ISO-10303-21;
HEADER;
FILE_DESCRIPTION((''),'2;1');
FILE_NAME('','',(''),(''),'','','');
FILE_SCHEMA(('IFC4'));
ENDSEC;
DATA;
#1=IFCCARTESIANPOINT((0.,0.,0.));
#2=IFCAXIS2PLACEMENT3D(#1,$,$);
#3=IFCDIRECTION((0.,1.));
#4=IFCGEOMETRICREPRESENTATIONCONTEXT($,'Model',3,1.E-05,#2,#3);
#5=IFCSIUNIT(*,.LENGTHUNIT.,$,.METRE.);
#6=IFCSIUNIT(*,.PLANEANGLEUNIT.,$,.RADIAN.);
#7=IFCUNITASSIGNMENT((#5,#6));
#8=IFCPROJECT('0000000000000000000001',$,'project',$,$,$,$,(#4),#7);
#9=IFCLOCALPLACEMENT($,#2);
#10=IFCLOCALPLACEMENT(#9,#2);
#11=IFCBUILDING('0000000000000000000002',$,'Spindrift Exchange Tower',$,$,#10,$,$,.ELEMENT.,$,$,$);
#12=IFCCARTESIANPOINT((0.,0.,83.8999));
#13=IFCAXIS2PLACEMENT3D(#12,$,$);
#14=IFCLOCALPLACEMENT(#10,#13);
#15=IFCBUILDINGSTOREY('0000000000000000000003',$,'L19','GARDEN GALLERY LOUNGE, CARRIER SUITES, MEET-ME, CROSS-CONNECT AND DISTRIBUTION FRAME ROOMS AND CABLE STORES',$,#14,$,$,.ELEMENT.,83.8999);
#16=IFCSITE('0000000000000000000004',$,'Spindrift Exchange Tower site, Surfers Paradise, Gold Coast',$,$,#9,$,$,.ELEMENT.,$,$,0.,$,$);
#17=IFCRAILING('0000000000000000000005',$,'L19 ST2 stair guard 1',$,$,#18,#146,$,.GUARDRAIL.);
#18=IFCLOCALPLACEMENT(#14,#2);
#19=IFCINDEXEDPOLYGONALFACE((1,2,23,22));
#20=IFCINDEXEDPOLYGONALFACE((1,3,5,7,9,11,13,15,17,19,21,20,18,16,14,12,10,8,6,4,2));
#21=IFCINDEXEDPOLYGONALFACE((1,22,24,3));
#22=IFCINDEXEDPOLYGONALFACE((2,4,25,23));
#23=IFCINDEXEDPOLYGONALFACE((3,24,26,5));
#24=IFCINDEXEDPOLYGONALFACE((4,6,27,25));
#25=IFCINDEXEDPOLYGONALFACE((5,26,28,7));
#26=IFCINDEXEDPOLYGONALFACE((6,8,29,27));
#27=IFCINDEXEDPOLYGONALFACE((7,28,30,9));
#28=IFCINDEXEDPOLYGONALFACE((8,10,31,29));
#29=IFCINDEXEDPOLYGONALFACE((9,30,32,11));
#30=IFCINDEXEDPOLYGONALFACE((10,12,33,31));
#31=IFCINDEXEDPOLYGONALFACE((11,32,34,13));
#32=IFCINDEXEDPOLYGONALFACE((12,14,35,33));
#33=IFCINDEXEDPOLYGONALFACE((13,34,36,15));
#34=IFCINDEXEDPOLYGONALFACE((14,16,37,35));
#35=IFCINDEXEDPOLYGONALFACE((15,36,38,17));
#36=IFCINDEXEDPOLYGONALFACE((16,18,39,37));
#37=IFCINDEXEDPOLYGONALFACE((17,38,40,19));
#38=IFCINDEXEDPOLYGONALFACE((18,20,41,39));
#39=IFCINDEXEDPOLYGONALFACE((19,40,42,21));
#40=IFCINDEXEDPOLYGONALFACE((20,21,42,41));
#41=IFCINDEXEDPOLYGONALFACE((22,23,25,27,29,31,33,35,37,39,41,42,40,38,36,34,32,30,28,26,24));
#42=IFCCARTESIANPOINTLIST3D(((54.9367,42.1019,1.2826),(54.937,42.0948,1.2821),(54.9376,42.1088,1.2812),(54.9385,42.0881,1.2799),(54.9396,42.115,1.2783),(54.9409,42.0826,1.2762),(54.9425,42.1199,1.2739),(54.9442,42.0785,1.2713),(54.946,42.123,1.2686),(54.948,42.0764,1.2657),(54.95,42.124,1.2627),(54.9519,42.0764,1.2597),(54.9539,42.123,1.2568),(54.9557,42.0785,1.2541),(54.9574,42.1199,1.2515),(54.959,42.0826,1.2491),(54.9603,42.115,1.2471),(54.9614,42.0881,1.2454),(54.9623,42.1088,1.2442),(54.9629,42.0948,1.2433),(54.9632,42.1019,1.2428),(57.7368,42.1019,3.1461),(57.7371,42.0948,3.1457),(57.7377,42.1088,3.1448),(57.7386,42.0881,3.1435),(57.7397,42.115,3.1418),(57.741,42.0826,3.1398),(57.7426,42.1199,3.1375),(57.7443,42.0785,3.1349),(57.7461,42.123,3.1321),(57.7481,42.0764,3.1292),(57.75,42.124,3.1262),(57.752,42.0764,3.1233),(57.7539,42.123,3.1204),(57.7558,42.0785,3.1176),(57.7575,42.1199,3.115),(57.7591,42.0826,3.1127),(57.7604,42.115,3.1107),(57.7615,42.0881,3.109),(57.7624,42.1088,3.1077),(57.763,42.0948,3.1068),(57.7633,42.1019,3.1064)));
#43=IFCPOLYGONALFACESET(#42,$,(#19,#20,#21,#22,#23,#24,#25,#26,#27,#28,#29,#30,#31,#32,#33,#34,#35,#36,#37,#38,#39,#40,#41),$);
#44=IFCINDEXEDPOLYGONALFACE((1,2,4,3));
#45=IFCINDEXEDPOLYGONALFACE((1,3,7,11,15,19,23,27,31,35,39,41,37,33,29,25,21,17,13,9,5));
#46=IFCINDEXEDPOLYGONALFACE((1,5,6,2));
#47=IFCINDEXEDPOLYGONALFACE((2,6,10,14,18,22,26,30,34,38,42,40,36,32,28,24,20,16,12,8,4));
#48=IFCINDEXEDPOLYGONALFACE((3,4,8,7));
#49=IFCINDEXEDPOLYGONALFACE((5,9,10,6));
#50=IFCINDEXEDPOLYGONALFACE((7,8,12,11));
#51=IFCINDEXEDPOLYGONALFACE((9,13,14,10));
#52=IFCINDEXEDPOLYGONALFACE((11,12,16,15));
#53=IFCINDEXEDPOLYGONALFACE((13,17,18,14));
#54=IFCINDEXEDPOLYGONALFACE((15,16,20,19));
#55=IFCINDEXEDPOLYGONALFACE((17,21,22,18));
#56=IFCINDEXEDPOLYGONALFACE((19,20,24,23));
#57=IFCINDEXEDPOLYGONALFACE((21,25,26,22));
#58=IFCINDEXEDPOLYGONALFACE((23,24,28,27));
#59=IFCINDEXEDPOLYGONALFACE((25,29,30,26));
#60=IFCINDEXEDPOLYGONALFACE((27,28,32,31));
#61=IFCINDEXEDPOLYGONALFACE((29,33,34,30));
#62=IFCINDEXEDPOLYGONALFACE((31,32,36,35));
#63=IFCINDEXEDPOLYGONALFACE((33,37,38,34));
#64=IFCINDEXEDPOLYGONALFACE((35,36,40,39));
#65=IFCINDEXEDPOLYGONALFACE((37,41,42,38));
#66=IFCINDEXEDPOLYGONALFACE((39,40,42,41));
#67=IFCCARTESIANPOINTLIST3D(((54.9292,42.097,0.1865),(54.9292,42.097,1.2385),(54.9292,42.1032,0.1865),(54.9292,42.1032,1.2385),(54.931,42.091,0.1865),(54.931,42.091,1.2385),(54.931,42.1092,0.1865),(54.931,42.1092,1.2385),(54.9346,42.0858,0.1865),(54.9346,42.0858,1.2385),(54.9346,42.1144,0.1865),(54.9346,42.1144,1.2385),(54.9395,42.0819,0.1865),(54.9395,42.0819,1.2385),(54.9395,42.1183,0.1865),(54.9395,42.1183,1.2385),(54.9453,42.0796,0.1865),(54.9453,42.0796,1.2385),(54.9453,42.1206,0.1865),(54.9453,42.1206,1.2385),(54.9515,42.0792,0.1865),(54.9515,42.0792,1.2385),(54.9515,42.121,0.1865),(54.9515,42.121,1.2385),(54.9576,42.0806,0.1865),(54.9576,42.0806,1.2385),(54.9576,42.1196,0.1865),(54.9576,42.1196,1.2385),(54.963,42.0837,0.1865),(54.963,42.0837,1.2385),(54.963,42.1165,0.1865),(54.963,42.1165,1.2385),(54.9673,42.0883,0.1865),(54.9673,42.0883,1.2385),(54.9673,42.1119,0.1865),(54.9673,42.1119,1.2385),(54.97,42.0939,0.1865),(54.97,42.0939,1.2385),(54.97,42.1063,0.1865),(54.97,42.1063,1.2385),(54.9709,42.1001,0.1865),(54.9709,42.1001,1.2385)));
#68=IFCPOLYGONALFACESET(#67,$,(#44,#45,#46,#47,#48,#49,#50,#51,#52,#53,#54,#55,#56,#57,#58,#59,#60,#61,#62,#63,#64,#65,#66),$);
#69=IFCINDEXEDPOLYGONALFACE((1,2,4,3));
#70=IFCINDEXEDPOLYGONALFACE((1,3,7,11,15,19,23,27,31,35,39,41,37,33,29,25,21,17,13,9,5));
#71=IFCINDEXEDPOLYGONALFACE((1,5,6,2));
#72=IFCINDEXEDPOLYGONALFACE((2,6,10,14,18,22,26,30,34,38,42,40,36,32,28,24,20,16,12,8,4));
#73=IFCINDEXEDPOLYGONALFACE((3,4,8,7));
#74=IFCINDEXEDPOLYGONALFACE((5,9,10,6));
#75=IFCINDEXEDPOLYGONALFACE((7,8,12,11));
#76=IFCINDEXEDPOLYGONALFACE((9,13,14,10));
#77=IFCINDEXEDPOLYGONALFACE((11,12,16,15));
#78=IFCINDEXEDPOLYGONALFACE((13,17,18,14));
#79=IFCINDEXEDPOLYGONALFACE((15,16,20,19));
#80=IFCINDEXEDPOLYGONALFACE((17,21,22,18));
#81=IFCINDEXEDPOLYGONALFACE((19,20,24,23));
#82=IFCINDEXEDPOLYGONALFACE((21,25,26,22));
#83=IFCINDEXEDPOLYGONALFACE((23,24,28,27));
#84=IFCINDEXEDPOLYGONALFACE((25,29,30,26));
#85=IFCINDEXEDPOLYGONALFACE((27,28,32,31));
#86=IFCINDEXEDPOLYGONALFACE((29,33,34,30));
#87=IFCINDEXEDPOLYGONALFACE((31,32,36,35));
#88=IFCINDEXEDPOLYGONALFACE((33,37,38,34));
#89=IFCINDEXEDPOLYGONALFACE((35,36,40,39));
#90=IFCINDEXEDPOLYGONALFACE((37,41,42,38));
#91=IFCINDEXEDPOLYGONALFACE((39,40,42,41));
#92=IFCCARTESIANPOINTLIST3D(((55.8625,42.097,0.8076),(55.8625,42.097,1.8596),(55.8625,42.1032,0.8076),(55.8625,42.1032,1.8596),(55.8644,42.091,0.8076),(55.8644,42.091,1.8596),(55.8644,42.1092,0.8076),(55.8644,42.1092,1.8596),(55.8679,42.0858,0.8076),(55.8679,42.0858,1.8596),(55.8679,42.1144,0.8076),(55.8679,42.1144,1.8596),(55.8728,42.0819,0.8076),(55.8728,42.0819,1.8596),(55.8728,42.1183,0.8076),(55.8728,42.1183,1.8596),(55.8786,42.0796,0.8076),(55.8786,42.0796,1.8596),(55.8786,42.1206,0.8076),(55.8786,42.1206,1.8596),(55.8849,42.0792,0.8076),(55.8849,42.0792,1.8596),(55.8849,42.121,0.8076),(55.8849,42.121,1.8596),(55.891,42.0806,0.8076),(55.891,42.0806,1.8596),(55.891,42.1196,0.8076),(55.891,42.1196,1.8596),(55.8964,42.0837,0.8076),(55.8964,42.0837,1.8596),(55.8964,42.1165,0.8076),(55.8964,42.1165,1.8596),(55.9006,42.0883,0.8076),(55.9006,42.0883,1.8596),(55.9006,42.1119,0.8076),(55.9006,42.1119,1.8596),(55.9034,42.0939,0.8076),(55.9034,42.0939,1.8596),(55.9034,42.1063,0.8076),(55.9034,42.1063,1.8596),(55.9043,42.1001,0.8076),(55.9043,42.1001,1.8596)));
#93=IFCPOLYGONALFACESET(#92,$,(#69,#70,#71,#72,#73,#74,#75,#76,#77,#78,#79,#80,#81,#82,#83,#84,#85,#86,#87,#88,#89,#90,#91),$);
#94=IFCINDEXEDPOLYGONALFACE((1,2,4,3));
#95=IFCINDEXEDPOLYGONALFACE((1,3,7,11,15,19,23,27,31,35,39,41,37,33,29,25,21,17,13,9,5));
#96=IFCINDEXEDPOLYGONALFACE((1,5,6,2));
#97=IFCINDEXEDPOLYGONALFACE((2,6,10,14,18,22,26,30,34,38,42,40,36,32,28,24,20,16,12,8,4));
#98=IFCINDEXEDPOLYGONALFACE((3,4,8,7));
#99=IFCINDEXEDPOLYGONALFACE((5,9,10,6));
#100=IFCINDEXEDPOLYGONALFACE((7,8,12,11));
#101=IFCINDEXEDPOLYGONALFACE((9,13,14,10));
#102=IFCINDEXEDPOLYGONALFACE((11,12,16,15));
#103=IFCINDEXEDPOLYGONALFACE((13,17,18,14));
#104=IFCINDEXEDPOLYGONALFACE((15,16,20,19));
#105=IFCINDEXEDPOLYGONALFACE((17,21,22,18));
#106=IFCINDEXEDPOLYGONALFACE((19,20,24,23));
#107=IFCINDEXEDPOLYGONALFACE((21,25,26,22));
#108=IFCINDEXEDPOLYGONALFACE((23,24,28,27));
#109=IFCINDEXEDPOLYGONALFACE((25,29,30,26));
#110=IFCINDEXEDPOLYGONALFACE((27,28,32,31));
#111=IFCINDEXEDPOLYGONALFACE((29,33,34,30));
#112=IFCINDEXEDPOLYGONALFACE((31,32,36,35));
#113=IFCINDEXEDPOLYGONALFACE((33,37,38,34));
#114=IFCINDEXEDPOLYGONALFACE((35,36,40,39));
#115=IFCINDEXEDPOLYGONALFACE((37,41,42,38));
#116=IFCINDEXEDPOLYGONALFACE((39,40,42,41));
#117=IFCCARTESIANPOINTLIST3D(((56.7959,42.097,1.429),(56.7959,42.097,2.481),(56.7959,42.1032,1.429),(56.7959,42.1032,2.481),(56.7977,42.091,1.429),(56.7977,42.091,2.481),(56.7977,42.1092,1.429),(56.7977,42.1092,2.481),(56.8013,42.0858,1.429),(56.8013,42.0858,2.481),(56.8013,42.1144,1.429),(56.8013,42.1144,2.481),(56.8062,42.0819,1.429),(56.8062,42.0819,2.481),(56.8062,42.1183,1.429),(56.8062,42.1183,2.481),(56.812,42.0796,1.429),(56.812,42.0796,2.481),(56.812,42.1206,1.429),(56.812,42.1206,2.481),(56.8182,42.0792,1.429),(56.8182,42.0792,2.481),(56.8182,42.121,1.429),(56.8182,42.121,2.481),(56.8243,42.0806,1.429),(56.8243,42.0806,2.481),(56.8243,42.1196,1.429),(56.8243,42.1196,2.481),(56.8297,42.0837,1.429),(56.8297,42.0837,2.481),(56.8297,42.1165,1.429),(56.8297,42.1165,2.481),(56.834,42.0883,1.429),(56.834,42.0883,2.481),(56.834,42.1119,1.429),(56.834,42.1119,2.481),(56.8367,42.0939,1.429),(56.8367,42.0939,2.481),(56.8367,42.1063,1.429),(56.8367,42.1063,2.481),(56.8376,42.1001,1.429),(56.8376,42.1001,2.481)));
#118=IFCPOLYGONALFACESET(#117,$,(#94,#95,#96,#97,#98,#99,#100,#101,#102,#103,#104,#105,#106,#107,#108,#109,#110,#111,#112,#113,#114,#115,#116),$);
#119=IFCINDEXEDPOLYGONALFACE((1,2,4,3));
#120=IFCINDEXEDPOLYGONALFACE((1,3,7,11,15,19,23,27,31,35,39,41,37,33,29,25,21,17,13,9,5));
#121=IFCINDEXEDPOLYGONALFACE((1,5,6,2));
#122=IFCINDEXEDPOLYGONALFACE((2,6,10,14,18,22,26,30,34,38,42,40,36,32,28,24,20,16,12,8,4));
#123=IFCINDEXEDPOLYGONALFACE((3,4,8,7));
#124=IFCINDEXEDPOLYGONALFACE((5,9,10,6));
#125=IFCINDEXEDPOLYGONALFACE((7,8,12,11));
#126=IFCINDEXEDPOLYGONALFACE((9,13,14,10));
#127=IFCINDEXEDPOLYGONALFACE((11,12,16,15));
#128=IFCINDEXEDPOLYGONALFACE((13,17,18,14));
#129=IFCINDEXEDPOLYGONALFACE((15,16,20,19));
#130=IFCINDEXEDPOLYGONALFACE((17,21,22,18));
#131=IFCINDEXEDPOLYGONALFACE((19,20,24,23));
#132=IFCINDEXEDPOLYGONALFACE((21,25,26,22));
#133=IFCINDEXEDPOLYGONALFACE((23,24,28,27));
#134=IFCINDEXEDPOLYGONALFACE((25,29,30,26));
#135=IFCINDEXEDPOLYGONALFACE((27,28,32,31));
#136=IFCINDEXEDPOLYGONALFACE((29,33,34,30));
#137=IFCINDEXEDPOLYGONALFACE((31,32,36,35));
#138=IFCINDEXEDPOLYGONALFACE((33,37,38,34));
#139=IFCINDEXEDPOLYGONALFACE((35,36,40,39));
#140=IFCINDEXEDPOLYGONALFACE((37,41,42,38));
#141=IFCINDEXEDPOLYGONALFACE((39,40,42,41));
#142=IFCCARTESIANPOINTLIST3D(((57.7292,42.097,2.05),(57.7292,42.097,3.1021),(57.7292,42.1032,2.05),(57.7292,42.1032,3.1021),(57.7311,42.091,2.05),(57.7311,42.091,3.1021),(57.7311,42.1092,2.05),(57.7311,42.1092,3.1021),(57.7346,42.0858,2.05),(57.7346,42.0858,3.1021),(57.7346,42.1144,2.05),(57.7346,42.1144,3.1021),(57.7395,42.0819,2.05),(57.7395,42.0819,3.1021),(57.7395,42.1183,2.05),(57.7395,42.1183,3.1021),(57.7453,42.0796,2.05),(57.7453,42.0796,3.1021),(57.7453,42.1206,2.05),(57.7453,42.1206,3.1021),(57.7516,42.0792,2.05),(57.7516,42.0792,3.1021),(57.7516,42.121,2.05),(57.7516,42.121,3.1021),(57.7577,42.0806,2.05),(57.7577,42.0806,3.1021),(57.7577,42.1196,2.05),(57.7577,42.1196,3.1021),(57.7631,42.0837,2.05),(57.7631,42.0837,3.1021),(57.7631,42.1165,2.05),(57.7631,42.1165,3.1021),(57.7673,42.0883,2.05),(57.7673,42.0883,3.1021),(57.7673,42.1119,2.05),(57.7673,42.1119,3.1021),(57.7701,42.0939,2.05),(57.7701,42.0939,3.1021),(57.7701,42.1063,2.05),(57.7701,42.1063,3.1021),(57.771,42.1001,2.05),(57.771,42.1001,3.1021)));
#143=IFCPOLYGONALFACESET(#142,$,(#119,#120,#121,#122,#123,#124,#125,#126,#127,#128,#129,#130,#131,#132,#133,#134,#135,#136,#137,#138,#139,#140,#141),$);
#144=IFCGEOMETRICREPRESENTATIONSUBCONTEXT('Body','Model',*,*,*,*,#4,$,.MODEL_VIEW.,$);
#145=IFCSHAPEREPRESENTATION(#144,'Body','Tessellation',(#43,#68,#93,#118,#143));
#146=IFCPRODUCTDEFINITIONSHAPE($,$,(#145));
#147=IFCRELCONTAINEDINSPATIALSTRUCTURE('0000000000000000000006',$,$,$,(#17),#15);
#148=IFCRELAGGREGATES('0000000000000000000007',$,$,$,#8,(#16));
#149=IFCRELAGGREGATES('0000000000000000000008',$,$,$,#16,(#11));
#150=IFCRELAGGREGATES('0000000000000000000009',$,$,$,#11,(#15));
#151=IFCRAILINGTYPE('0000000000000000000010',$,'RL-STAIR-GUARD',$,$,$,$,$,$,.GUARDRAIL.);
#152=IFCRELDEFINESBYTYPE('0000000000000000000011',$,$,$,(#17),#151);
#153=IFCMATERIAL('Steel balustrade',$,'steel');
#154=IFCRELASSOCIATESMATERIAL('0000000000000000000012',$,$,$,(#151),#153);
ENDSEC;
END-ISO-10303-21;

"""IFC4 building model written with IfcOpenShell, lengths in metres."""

from ifc_helpers import new_model, si_unit, direction, frame, origin, origin_2d, place, context, subcontext, project, spatial, circle, extrude, material, type_object, element, save


model = new_model("IFC4")

# Units and contexts
model_context = context("Model", 3, precision=1e-05, world=origin(), true_north=direction((0.0, 1.0)))
body_context = subcontext(model_context, "Body", "Model", "MODEL_VIEW")
ifc_project = project(units=[si_unit("LENGTHUNIT", "METRE"), si_unit("PLANEANGLEUNIT", "RADIAN")], contexts=[model_context])

# Site, building, storey
site_placement = place(None, origin())
site = spatial("IfcSite", under=ifc_project, at=site_placement, Name="Spindrift Exchange Tower site, Surfers Paradise, Gold Coast", CompositionType="ELEMENT", RefElevation=0.0)
building_placement = place(site_placement, origin())
building = spatial("IfcBuilding", under=site, at=building_placement, Name="Spindrift Exchange Tower", CompositionType="ELEMENT")
storey_placement = place(building_placement, frame((0.0, 0.0, 83.8999)))
storey = spatial("IfcBuildingStorey", under=building, at=storey_placement, Name="L19", Description="GARDEN GALLERY LOUNGE, CARRIER SUITES, MEET-ME, CROSS-CONNECT AND DISTRIBUTION FRAME ROOMS AND CABLE STORES", CompositionType="ELEMENT", Elevation=83.8999)

# Railing
ifc_material_1 = material(Name="Steel balustrade", Category="steel")
railing_type_1 = type_object("IfcRailingType", Name="RL-STAIR-GUARD", PredefinedType="GUARDRAIL", material=ifc_material_1)
railing_1_placement = place(storey_placement, frame((54.95, 42.1001, 0.1865)))
element("IfcRailing", 1, at=railing_1_placement, inside=storey, type_object=railing_type_1, Name="L19 ST2 stair guard 1", PredefinedType="GUARDRAIL", context=body_context, shape_type="SweptSolid", body=[
    extrude(circle(Radius=0.0239, at=origin_2d()), frame((0.0, 0.0, 1.0762), z_axis=(0.832486, 0.0, 0.554047), x_axis=(0.0, 1.0, 0.0)), (0.0, 0.0, 1.0), 3.3635),
    extrude(circle(Radius=0.021, at=origin_2d()), origin(), (0.0, 0.0, 1.0), 1.052),
    extrude(circle(Radius=0.021, at=origin_2d()), frame((0.9333, 0.0, 0.6211)), (0.0, 0.0, 1.0), 1.052),
    extrude(circle(Radius=0.021, at=origin_2d()), frame((1.8667, 0.0, 1.2424)), (0.0, 0.0, 1.0), 1.052),
    extrude(circle(Radius=0.021, at=origin_2d()), frame((2.8, 0.0, 1.8635)), (0.0, 0.0, 1.0), 1.052),
])

save(model, "model.ifc")
